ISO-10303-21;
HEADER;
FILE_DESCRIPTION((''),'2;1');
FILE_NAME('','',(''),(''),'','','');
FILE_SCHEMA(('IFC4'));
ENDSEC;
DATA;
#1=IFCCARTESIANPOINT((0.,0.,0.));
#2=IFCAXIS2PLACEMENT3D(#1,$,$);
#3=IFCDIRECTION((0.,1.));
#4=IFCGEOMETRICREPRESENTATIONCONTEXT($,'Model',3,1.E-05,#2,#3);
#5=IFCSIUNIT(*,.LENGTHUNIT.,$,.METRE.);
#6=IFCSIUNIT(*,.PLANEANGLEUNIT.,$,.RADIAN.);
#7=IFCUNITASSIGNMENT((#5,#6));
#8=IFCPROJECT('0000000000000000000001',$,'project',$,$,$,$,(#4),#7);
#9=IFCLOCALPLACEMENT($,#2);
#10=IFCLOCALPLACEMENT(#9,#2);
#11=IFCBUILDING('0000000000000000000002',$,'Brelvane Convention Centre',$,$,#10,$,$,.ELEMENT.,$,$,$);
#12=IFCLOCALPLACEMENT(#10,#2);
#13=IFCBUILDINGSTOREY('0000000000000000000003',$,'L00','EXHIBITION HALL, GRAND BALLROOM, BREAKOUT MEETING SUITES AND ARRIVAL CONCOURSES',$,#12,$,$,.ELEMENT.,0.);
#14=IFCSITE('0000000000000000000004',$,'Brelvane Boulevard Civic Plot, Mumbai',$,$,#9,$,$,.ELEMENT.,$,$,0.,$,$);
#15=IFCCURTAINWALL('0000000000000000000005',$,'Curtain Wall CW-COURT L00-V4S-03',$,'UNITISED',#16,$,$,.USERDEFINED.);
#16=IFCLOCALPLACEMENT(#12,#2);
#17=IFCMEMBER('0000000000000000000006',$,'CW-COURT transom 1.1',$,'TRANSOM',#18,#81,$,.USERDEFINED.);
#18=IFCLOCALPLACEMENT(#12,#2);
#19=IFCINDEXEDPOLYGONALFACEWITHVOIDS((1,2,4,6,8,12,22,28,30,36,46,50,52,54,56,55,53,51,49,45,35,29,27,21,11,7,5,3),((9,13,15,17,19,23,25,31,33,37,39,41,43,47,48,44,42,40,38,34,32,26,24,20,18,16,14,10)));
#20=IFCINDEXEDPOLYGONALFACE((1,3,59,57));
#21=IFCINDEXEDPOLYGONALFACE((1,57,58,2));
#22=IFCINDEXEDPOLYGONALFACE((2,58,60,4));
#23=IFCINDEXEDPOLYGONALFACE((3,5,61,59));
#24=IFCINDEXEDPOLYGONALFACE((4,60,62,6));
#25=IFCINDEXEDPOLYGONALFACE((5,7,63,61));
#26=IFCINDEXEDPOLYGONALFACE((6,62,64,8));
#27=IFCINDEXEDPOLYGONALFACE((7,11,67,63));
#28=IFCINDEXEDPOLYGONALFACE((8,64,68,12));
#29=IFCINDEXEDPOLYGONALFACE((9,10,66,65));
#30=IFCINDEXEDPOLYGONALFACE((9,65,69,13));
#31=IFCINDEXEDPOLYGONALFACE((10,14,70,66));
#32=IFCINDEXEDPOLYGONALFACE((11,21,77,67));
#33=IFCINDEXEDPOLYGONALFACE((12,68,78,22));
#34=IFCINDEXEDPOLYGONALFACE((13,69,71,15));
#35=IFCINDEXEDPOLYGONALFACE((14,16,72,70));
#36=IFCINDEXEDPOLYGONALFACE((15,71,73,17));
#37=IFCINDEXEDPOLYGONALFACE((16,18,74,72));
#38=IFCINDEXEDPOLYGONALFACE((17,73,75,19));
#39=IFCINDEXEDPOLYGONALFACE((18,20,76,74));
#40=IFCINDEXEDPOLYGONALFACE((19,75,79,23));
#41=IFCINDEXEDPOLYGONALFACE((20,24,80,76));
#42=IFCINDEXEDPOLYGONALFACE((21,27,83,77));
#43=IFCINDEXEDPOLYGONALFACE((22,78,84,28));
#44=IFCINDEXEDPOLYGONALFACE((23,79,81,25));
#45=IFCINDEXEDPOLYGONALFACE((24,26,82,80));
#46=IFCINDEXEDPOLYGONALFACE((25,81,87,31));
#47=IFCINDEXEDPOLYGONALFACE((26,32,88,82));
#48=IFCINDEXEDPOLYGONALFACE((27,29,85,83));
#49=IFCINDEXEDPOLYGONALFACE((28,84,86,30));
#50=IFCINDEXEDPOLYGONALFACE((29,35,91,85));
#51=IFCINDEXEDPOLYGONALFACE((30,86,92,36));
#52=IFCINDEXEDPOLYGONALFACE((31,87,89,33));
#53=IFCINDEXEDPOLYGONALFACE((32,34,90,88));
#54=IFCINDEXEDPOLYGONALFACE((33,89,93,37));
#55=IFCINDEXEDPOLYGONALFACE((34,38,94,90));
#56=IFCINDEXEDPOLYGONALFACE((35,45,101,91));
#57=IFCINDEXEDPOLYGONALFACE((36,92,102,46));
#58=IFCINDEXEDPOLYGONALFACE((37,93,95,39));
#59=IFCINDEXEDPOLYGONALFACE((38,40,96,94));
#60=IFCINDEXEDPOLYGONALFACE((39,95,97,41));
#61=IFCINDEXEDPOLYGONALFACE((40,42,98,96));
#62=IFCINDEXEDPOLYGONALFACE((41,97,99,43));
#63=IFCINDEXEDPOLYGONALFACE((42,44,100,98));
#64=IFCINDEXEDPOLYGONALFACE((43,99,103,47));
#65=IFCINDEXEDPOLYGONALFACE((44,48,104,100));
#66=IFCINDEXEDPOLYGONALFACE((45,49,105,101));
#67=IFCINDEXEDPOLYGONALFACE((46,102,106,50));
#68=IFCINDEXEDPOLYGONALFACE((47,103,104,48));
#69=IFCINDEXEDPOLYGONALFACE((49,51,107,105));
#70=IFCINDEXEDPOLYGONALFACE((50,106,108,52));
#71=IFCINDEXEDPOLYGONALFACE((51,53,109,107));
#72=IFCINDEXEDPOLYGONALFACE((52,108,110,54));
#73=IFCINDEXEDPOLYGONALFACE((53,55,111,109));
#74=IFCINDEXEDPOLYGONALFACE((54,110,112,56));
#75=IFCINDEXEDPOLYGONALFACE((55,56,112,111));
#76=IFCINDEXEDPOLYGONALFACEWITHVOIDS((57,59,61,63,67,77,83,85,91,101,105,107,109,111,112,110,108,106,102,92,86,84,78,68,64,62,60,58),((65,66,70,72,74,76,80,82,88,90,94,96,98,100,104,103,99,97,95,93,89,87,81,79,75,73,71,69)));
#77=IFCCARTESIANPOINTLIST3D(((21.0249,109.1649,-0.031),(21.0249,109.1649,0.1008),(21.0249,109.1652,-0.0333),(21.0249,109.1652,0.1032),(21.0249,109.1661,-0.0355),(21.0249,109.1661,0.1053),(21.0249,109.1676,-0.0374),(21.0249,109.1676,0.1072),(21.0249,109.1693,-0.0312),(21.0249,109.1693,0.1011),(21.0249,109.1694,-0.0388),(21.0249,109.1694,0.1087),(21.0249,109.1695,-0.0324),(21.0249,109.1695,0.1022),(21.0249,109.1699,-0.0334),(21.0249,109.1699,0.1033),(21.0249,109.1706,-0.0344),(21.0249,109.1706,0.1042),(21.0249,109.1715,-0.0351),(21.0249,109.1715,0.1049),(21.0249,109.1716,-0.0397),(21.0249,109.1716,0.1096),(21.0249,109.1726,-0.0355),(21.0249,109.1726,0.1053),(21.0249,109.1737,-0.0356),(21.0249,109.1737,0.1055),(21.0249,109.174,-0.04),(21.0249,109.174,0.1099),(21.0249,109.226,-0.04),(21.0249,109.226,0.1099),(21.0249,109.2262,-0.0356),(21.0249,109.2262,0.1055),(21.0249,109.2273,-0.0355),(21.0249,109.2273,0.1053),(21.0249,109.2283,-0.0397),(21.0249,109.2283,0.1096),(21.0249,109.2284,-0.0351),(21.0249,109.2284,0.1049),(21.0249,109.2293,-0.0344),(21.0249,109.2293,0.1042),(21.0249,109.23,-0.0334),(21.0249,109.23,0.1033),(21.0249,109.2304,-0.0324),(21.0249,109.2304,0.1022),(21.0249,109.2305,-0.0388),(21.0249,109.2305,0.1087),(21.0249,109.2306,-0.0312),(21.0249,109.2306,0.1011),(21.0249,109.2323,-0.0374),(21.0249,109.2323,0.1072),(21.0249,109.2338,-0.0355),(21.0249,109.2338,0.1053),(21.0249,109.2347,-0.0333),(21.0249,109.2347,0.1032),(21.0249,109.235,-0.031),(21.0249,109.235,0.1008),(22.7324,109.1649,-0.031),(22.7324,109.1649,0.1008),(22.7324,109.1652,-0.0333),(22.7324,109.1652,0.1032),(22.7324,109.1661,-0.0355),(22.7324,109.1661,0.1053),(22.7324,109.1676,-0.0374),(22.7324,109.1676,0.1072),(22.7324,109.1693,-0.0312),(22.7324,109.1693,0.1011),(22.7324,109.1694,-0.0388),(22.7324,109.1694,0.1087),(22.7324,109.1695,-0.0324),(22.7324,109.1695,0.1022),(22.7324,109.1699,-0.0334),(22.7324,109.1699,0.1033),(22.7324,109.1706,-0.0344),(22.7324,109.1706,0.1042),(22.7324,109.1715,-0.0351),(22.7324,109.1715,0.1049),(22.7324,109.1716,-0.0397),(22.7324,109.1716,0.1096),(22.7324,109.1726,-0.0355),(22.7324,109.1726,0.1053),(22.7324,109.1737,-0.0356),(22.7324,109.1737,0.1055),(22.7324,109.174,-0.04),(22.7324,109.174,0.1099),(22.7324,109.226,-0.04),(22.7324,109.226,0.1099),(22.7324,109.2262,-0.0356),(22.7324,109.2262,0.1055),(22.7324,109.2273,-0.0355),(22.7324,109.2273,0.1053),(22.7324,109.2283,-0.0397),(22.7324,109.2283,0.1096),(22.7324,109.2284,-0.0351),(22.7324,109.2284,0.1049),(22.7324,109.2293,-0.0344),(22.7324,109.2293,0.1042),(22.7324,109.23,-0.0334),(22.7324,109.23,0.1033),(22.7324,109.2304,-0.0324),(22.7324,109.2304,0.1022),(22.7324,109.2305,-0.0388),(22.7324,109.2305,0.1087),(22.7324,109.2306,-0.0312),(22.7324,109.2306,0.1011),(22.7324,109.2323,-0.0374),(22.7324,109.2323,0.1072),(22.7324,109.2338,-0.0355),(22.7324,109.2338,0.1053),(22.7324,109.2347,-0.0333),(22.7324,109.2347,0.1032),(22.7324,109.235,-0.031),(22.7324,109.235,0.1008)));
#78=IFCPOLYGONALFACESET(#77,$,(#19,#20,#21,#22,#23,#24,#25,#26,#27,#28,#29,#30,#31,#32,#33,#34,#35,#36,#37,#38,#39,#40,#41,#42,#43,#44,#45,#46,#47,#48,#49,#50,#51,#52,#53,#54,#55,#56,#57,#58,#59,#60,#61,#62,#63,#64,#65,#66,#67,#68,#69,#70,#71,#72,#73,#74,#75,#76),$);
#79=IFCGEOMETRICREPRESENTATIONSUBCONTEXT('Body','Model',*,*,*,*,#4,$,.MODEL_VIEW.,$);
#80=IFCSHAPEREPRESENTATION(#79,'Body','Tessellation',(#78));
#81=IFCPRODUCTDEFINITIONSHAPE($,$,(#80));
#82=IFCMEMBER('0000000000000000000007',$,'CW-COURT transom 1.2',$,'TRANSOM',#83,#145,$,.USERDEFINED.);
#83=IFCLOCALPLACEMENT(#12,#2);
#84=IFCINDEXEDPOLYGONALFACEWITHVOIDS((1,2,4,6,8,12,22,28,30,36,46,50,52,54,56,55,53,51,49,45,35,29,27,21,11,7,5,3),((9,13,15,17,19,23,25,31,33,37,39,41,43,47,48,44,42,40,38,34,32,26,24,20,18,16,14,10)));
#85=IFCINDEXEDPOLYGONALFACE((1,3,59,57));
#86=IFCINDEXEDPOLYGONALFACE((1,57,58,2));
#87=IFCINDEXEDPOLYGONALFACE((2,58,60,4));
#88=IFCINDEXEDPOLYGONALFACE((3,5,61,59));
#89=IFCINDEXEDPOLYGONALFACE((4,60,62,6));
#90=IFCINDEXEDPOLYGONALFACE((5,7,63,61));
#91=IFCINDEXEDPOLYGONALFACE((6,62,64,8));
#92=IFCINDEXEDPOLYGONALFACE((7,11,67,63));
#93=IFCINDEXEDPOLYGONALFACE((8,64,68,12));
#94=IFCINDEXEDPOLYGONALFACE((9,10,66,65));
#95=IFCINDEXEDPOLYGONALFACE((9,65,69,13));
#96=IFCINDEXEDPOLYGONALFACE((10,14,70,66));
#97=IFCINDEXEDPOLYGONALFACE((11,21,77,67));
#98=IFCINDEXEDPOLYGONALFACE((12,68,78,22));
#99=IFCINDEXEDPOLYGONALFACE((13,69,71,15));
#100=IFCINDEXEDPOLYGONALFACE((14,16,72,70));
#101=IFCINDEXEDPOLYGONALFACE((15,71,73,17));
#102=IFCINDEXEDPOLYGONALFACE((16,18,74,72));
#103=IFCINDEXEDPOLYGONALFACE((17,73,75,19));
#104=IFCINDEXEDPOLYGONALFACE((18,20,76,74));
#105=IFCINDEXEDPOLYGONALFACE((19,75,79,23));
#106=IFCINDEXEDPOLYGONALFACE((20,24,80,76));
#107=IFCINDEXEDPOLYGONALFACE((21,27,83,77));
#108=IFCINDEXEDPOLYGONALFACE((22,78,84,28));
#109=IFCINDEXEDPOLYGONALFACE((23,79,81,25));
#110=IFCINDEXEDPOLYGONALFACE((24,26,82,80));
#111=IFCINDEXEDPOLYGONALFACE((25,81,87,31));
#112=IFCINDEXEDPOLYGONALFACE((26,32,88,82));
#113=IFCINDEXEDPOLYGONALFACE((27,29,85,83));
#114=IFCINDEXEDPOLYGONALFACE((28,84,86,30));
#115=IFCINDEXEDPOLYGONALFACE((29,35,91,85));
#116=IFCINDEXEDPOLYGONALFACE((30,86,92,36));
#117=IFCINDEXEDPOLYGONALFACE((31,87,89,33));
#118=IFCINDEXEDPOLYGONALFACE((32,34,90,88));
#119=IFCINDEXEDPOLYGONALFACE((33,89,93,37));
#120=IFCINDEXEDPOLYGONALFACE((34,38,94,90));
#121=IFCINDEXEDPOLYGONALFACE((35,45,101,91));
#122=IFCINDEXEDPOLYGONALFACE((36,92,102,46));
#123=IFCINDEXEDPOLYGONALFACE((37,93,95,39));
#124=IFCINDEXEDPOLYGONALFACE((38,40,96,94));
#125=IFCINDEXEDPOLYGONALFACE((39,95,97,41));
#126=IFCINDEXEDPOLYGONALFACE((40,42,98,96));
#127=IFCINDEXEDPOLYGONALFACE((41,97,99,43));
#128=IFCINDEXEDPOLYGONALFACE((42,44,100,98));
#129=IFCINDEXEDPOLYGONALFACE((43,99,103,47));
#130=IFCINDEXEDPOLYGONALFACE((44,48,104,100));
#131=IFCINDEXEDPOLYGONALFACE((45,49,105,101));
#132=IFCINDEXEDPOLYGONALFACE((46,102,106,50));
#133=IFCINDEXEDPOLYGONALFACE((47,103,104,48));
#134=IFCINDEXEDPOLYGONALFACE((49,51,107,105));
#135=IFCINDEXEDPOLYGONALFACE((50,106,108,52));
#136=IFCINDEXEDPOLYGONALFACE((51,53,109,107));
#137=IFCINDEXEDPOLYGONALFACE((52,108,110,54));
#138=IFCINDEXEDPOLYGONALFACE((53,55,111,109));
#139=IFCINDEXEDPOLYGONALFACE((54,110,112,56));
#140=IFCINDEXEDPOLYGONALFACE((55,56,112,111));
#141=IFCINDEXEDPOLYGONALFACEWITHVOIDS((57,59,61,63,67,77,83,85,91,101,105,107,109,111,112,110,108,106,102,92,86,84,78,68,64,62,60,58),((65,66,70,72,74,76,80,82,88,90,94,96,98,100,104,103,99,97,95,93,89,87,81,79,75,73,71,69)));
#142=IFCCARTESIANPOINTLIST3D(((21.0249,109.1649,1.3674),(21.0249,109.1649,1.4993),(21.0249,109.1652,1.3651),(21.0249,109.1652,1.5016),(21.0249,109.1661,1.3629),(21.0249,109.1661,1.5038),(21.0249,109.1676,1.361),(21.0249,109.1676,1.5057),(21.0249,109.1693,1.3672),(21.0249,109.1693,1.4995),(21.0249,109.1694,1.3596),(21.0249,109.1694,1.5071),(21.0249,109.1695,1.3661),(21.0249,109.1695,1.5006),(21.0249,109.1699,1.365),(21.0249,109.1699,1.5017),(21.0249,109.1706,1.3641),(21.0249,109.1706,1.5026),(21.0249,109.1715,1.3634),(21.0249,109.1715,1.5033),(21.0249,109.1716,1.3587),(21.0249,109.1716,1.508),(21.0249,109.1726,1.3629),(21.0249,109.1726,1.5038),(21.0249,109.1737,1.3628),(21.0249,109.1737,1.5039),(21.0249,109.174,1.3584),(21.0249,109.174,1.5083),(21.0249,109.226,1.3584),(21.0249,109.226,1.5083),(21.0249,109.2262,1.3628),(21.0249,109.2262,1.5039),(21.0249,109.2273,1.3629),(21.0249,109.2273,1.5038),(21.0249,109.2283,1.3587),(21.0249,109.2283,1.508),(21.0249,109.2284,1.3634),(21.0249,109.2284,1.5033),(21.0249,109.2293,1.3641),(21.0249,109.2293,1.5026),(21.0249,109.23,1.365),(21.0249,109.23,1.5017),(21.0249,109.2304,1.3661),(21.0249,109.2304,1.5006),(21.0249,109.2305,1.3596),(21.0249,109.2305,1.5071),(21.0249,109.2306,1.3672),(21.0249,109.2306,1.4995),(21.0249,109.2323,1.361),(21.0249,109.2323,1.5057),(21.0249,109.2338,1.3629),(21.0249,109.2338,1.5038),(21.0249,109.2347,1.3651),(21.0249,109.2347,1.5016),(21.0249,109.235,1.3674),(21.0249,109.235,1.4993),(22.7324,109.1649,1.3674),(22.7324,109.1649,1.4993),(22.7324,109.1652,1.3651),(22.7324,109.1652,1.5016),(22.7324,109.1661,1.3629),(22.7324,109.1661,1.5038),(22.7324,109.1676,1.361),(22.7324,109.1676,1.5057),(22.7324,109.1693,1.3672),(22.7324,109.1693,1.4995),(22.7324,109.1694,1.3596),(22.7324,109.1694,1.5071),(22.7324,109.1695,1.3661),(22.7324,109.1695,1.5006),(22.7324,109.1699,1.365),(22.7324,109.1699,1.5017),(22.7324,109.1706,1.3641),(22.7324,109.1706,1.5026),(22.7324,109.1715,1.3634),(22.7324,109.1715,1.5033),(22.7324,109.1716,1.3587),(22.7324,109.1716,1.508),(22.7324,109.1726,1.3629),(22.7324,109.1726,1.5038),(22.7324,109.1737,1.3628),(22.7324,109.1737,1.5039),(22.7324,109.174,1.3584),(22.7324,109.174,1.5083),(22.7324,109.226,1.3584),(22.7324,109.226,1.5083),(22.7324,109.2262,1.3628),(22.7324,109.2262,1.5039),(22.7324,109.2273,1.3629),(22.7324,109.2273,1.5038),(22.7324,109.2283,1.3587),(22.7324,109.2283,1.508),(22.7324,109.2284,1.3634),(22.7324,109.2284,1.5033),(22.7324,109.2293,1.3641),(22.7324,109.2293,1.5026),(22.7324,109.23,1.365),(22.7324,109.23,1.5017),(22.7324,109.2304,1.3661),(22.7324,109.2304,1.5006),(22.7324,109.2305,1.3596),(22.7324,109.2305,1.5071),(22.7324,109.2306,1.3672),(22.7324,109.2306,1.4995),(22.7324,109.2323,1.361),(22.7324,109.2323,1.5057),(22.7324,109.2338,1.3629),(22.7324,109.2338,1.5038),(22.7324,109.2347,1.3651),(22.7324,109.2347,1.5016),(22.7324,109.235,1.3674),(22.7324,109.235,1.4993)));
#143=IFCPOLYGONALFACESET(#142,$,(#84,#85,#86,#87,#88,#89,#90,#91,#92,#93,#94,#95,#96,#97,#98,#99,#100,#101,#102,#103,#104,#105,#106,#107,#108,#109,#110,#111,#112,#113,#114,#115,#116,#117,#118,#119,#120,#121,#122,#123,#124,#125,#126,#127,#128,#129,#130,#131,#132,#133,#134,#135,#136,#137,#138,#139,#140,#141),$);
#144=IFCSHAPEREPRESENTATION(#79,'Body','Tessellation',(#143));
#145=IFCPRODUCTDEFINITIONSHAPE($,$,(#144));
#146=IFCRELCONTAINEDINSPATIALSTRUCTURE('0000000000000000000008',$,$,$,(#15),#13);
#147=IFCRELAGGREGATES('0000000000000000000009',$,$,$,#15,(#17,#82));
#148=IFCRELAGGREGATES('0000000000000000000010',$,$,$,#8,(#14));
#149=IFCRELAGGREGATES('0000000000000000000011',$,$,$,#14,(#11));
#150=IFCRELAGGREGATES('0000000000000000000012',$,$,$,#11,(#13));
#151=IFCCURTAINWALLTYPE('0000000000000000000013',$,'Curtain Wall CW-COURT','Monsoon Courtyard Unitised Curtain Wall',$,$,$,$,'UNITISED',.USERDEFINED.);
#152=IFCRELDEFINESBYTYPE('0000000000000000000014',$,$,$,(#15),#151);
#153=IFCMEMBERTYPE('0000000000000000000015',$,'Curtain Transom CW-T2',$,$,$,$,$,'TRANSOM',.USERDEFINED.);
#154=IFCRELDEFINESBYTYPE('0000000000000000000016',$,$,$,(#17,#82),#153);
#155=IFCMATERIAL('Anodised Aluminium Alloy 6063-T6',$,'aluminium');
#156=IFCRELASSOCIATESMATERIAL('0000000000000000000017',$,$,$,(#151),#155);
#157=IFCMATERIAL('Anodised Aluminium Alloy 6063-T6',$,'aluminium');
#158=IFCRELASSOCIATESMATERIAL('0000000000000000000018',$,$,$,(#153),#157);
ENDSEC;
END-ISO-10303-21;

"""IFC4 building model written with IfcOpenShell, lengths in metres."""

from ifc_helpers import new_model, si_unit, direction, frame, origin, origin_2d, place, context, subcontext, project, spatial, hollow_rectangle, extrude, material, material_profile, profile_set, type_object, element, aggregate, save


model = new_model("IFC4")

# Units and contexts
model_context = context("Model", 3, precision=1e-05, world=origin(), true_north=direction((0.0, 1.0)))
body_context = subcontext(model_context, "Body", "Model", "MODEL_VIEW")
ifc_project = project(units=[si_unit("LENGTHUNIT", "METRE"), si_unit("PLANEANGLEUNIT", "RADIAN")], contexts=[model_context])

# Site, building, storey
site_placement = place(None, origin())
site = spatial("IfcSite", under=ifc_project, at=site_placement, Name="Brelvane Boulevard Civic Plot, Mumbai", CompositionType="ELEMENT", RefElevation=0.0)
building_placement = place(site_placement, origin())
building = spatial("IfcBuilding", under=site, at=building_placement, Name="Brelvane Convention Centre", CompositionType="ELEMENT")
storey_placement = place(building_placement, origin())
storey = spatial("IfcBuildingStorey", under=building, at=storey_placement, Name="L00", Description="EXHIBITION HALL, GRAND BALLROOM, BREAKOUT MEETING SUITES AND ARRIVAL CONCOURSES", CompositionType="ELEMENT", Elevation=0.0)

# Curtain wall, members
ifc_material_1 = material(Name="Anodised Aluminium Alloy 6063-T6", Category="aluminium")
curtain_wall_type = type_object("IfcCurtainWallType", Name="Curtain Wall CW-COURT", Description="Monsoon Courtyard Unitised Curtain Wall", ElementType="UNITISED", PredefinedType="USERDEFINED", material=ifc_material_1)
curtain_wall_placement = place(storey_placement, origin())
curtain_wall = element("IfcCurtainWall", 1, at=curtain_wall_placement, inside=storey, type_object=curtain_wall_type, Name="Curtain Wall CW-COURT L00-V4S-03", ObjectType="UNITISED", PredefinedType="USERDEFINED")
ifc_material_2 = material(Name="Anodised Aluminium Alloy 6063-T6", Category="aluminium")
ifc_material_profile_1 = material_profile(ifc_material_2, hollow_rectangle(XDim=0.0701, YDim=0.1499, WallThickness=0.0044, InnerFilletRadius=0.0044, OuterFilletRadius=0.009, at=origin_2d()), Name="ALU-T 150x70x4.5")
ifc_profile_set_1 = profile_set([ifc_material_profile_1], Name="Anodised Aluminium Alloy 6063-T6")
member_type_1 = type_object("IfcMemberType", Name="Curtain Transom CW-T2", ElementType="TRANSOM", PredefinedType="USERDEFINED", material=ifc_profile_set_1)
member_1_placement = place(storey_placement, frame((21.0249, 109.2, 0.0349), z_axis=(1.0, 0.0, 0.0), x_axis=(0.0, 1.0, 0.0)))
member_1 = element("IfcMember", 2, at=member_1_placement, type_object=member_type_1, Name="CW-COURT transom 1.1", ObjectType="TRANSOM", PredefinedType="USERDEFINED", context=body_context, shape_type="SweptSolid", body=[
    extrude(hollow_rectangle(XDim=0.0701, YDim=0.1499, WallThickness=0.0044, InnerFilletRadius=0.0044, OuterFilletRadius=0.009, at=origin_2d()), origin(), (0.0, 0.0, 1.0), 1.7075),
])
member_2_placement = place(storey_placement, frame((21.0249, 109.2, 1.4333), z_axis=(1.0, 0.0, 0.0), x_axis=(0.0, 1.0, 0.0)))
member_2 = element("IfcMember", 3, at=member_2_placement, type_object=member_type_1, Name="CW-COURT transom 1.2", ObjectType="TRANSOM", PredefinedType="USERDEFINED", context=body_context, shape_type="SweptSolid", body=[
    extrude(hollow_rectangle(XDim=0.0701, YDim=0.1499, WallThickness=0.0044, InnerFilletRadius=0.0044, OuterFilletRadius=0.009, at=origin_2d()), origin(), (0.0, 0.0, 1.0), 1.7075),
])

aggregate(curtain_wall, [member_1, member_2])

save(model, "model.ifc")
